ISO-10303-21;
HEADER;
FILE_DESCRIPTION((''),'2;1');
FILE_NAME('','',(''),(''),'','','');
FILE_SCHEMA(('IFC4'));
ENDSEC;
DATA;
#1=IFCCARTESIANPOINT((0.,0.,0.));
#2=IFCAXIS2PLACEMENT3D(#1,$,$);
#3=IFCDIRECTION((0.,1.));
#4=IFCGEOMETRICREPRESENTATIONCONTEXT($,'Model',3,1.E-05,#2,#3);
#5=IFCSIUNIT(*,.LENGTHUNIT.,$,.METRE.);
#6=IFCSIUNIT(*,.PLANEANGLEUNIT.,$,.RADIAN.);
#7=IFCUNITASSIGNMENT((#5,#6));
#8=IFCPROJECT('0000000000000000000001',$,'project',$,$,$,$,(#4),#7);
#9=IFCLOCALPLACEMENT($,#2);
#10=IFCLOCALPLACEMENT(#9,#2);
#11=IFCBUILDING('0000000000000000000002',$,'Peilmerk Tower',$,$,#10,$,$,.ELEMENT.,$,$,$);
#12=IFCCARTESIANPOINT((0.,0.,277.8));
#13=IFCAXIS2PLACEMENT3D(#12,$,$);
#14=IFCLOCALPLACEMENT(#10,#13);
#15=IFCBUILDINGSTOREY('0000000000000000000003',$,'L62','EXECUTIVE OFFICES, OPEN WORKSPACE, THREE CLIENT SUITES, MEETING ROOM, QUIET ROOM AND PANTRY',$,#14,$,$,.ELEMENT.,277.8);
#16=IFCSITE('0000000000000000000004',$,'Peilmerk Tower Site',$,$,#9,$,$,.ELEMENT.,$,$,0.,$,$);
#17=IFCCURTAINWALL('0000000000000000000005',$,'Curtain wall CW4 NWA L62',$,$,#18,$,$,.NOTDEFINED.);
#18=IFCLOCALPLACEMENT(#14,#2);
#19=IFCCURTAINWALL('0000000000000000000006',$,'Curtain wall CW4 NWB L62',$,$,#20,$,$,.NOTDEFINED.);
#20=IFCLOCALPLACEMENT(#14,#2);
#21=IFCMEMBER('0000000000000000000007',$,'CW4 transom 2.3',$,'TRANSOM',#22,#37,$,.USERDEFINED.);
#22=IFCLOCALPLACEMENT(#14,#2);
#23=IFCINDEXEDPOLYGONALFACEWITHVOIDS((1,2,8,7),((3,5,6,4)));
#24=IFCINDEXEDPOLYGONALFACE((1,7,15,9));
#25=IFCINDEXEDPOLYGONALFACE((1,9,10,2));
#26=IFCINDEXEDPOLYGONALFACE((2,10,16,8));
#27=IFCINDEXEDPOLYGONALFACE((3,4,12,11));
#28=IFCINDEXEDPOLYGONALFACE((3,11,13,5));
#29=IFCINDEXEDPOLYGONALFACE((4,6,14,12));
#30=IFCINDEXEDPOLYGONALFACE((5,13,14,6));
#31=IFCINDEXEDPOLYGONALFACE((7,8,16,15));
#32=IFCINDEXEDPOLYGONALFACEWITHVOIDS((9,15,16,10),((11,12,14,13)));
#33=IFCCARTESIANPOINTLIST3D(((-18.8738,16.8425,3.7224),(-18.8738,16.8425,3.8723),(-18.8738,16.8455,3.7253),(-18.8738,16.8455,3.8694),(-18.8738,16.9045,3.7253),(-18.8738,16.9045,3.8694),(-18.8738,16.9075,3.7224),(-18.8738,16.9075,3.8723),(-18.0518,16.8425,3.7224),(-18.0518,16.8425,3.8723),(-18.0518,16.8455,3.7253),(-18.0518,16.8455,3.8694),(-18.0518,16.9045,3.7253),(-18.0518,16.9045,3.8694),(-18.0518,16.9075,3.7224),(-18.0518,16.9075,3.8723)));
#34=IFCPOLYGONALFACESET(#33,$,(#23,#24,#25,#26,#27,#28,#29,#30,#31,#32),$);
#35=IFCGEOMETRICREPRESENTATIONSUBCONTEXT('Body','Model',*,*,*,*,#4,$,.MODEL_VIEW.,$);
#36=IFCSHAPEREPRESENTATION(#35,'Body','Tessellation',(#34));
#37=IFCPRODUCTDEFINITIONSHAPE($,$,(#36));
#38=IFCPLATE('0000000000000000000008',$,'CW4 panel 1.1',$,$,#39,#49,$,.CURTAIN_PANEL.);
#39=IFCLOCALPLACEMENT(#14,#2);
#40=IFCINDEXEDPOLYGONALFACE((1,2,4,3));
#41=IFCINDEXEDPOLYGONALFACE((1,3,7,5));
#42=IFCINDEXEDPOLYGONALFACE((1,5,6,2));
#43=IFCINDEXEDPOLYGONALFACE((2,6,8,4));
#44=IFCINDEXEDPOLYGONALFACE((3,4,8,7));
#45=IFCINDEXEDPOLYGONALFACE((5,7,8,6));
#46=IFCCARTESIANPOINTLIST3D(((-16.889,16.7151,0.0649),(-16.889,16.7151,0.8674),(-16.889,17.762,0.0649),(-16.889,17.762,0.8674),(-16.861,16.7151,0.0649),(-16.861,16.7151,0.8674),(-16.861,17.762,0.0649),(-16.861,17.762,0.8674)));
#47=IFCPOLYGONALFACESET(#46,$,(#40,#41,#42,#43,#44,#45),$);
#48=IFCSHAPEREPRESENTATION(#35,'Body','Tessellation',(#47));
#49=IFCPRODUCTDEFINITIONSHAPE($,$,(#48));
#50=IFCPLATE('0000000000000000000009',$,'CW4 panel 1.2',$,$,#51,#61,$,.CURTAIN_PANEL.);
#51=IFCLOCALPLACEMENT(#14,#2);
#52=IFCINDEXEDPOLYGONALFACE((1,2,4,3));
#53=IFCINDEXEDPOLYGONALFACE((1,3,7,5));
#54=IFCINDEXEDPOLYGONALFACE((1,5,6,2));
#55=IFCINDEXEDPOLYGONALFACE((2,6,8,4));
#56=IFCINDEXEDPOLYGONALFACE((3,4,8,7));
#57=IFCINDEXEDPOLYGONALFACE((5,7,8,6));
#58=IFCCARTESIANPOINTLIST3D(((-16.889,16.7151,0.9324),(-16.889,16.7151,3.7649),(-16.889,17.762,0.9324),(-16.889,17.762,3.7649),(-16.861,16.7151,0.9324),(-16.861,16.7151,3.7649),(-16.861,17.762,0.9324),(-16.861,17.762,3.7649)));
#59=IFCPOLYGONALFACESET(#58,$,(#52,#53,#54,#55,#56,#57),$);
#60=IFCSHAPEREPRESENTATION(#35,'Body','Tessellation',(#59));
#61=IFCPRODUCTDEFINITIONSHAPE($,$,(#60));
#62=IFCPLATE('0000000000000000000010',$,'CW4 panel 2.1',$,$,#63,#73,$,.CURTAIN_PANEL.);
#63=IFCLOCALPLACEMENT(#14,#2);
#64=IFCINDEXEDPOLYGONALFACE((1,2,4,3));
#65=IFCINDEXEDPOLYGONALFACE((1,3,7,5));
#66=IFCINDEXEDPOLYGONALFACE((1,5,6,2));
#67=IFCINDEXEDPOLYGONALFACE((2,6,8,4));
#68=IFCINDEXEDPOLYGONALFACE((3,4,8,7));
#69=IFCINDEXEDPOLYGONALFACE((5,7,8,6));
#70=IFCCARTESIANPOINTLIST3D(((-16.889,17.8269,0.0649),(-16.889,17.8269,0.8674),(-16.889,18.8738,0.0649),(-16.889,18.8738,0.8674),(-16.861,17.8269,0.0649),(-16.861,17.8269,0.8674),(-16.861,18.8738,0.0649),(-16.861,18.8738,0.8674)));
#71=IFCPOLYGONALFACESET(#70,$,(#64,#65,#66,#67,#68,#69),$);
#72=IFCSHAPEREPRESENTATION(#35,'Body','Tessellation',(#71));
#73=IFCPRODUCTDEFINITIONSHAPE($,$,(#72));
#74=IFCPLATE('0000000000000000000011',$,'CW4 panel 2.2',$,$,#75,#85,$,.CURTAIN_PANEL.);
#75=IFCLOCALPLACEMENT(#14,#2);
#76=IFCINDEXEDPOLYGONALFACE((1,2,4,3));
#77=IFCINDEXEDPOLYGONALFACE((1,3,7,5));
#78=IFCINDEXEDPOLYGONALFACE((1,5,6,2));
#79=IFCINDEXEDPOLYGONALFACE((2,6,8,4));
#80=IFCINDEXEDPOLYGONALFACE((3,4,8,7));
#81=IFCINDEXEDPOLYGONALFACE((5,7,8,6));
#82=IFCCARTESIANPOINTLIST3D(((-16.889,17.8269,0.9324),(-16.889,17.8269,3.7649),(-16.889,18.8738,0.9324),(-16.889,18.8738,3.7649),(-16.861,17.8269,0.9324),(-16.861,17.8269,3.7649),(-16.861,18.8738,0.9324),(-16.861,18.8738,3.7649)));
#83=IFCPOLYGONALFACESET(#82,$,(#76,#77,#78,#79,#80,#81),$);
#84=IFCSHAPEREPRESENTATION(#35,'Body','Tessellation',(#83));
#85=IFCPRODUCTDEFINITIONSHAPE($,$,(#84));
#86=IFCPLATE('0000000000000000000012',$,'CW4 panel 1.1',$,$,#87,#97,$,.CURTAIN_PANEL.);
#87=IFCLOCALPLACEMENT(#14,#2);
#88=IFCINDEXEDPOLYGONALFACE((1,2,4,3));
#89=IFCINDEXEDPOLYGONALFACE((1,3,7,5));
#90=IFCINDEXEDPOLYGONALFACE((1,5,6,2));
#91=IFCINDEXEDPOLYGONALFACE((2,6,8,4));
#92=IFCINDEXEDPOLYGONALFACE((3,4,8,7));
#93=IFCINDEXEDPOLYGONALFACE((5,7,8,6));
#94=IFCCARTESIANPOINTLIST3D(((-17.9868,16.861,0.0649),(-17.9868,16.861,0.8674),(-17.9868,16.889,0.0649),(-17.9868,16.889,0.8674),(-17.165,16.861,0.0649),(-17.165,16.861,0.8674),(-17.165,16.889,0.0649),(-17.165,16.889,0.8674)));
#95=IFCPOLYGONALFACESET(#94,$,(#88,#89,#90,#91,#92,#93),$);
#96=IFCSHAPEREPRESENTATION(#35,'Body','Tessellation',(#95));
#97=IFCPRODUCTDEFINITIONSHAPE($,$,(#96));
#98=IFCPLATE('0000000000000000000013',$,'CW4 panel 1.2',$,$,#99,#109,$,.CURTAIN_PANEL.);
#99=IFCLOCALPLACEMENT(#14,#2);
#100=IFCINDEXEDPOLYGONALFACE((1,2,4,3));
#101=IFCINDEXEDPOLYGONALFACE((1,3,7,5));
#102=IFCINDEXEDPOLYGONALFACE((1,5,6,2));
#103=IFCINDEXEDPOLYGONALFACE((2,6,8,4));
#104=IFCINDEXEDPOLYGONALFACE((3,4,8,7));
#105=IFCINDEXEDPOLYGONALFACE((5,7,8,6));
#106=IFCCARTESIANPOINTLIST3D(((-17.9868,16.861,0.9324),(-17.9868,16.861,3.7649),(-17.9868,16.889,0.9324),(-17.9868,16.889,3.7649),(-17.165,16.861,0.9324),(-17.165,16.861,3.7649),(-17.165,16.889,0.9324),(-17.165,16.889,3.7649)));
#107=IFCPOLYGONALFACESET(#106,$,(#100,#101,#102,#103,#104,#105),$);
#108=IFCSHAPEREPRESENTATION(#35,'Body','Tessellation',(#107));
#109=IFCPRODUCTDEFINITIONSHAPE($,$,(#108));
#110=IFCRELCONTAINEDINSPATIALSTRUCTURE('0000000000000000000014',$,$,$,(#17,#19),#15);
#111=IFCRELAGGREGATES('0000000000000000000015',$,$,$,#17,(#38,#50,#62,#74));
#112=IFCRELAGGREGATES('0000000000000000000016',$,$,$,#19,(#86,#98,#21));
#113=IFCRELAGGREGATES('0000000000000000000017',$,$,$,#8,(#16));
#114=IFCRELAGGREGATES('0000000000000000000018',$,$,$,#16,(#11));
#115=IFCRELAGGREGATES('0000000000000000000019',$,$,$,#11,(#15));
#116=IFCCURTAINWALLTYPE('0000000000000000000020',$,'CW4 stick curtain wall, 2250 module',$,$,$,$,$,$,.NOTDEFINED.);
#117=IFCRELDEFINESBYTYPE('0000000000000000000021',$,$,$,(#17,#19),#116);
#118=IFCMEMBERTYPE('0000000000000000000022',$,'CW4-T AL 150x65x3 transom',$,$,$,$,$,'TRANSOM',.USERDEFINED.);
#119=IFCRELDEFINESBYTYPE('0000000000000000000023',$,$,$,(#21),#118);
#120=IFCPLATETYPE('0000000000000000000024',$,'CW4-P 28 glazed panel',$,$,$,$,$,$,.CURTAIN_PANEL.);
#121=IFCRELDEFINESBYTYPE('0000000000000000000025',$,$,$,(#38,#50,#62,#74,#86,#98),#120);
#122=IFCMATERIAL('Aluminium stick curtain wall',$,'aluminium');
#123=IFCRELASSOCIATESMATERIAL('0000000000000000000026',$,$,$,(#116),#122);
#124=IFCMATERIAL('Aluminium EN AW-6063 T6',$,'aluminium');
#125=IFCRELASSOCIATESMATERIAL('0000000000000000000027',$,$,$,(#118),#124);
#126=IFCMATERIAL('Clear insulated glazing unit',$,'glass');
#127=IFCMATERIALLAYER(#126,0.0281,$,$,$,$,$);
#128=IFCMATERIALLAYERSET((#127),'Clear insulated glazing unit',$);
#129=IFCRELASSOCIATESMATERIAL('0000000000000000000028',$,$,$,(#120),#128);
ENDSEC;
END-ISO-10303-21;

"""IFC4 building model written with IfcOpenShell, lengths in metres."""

from ifc_helpers import new_model, si_unit, direction, frame, origin, origin_2d, place, context, subcontext, project, spatial, rectangle, hollow_rectangle, extrude, material, layer, layer_set, material_profile, profile_set, type_object, element, aggregate, save


model = new_model("IFC4")

# Units and contexts
model_context = context("Model", 3, precision=1e-05, world=origin(), true_north=direction((0.0, 1.0)))
body_context = subcontext(model_context, "Body", "Model", "MODEL_VIEW")
ifc_project = project(units=[si_unit("LENGTHUNIT", "METRE"), si_unit("PLANEANGLEUNIT", "RADIAN")], contexts=[model_context])

# Site, building, storey
site_placement = place(None, origin())
site = spatial("IfcSite", under=ifc_project, at=site_placement, Name="Peilmerk Tower Site", CompositionType="ELEMENT", RefElevation=0.0)
building_placement = place(site_placement, origin())
building = spatial("IfcBuilding", under=site, at=building_placement, Name="Peilmerk Tower", CompositionType="ELEMENT")
storey_placement = place(building_placement, frame((0.0, 0.0, 277.8)))
storey = spatial("IfcBuildingStorey", under=building, at=storey_placement, Name="L62", Description="EXECUTIVE OFFICES, OPEN WORKSPACE, THREE CLIENT SUITES, MEETING ROOM, QUIET ROOM AND PANTRY", CompositionType="ELEMENT", Elevation=277.8)

# Curtain walls
ifc_material_1 = material(Name="Aluminium stick curtain wall", Category="aluminium")
curtain_wall_type = type_object("IfcCurtainWallType", Name="CW4 stick curtain wall, 2250 module", PredefinedType="NOTDEFINED", material=ifc_material_1)
curtain_wall_1_placement = place(storey_placement, origin())
curtain_wall_1 = element("IfcCurtainWall", 1, at=curtain_wall_1_placement, inside=storey, type_object=curtain_wall_type, Name="Curtain wall CW4 NWA L62", PredefinedType="NOTDEFINED")
ifc_material_2 = material(Name="Aluminium EN AW-6063 T6", Category="aluminium")
curtain_wall_2_placement = place(storey_placement, origin())
curtain_wall_2 = element("IfcCurtainWall", 2, at=curtain_wall_2_placement, inside=storey, type_object=curtain_wall_type, Name="Curtain wall CW4 NWB L62", PredefinedType="NOTDEFINED")

# Member
ifc_material_profile_1 = material_profile(ifc_material_2, hollow_rectangle(XDim=0.0649, YDim=0.1499, WallThickness=0.0029, at=origin_2d()), Name="AL 150x65x3")
ifc_profile_set_1 = profile_set([ifc_material_profile_1], Name="Aluminium EN AW-6063 T6")
member_type_1 = type_object("IfcMemberType", Name="CW4-T AL 150x65x3 transom", ElementType="TRANSOM", PredefinedType="USERDEFINED", material=ifc_profile_set_1)
member_1_placement = place(storey_placement, frame((-18.0518, 16.875, 3.7974), z_axis=(-1.0, 0.0, 0.0), x_axis=(0.0, -1.0, 0.0)))
member_1 = element("IfcMember", 3, at=member_1_placement, type_object=member_type_1, Name="CW4 transom 2.3", ObjectType="TRANSOM", PredefinedType="USERDEFINED", context=body_context, shape_type="SweptSolid", body=[
    extrude(hollow_rectangle(XDim=0.0649, YDim=0.1499, WallThickness=0.0029, at=origin_2d()), origin(), (0.0, 0.0, 1.0), 0.822),
])

# Plates
ifc_material_3 = material(Name="Clear insulated glazing unit", Category="glass")
ifc_layer_1 = layer(ifc_material_3, 0.0281)
ifc_layer_set_1 = layer_set([ifc_layer_1], Name="Clear insulated glazing unit")
plate_type = type_object("IfcPlateType", Name="CW4-P 28 glazed panel", PredefinedType="CURTAIN_PANEL", material=ifc_layer_set_1)
plate_1_placement = place(storey_placement, frame((-16.875, 17.2385, 0.0649), z_axis=(0.0, 0.0, 1.0), x_axis=(0.0, 1.0, 0.0)))
plate_1 = element("IfcPlate", 4, at=plate_1_placement, type_object=plate_type, Name="CW4 panel 1.1", PredefinedType="CURTAIN_PANEL", context=body_context, shape_type="SweptSolid", body=[
    extrude(rectangle(XDim=1.0469, YDim=0.0281, at=origin_2d()), origin(), (0.0, 0.0, 1.0), 0.8025),
])
plate_2_placement = place(storey_placement, frame((-16.875, 17.2385, 0.9324), z_axis=(0.0, 0.0, 1.0), x_axis=(0.0, 1.0, 0.0)))
plate_2 = element("IfcPlate", 5, at=plate_2_placement, type_object=plate_type, Name="CW4 panel 1.2", PredefinedType="CURTAIN_PANEL", context=body_context, shape_type="SweptSolid", body=[
    extrude(rectangle(XDim=1.0469, YDim=0.0281, at=origin_2d()), origin(), (0.0, 0.0, 1.0), 2.8325),
])
plate_3_placement = place(storey_placement, frame((-16.875, 18.3503, 0.0649), z_axis=(0.0, 0.0, 1.0), x_axis=(0.0, 1.0, 0.0)))
plate_3 = element("IfcPlate", 6, at=plate_3_placement, type_object=plate_type, Name="CW4 panel 2.1", PredefinedType="CURTAIN_PANEL", context=body_context, shape_type="SweptSolid", body=[
    extrude(rectangle(XDim=1.0469, YDim=0.0281, at=origin_2d()), origin(), (0.0, 0.0, 1.0), 0.8025),
])
plate_4_placement = place(storey_placement, frame((-16.875, 18.3503, 0.9324), z_axis=(0.0, 0.0, 1.0), x_axis=(0.0, 1.0, 0.0)))
plate_4 = element("IfcPlate", 7, at=plate_4_placement, type_object=plate_type, Name="CW4 panel 2.2", PredefinedType="CURTAIN_PANEL", context=body_context, shape_type="SweptSolid", body=[
    extrude(rectangle(XDim=1.0469, YDim=0.0281, at=origin_2d()), origin(), (0.0, 0.0, 1.0), 2.8325),
])
aggregate(curtain_wall_1, [plate_1, plate_2, plate_3, plate_4])
plate_5_placement = place(storey_placement, frame((-17.5759, 16.875, 0.0649), z_axis=(0.0, 0.0, 1.0), x_axis=(-1.0, 0.0, 0.0)))
plate_5 = element("IfcPlate", 8, at=plate_5_placement, type_object=plate_type, Name="CW4 panel 1.1", PredefinedType="CURTAIN_PANEL", context=body_context, shape_type="SweptSolid", body=[
    extrude(rectangle(XDim=0.8218, YDim=0.0281, at=origin_2d()), origin(), (0.0, 0.0, 1.0), 0.8025),
])
plate_6_placement = place(storey_placement, frame((-17.5759, 16.875, 0.9324), z_axis=(0.0, 0.0, 1.0), x_axis=(-1.0, 0.0, 0.0)))
plate_6 = element("IfcPlate", 9, at=plate_6_placement, type_object=plate_type, Name="CW4 panel 1.2", PredefinedType="CURTAIN_PANEL", context=body_context, shape_type="SweptSolid", body=[
    extrude(rectangle(XDim=0.8218, YDim=0.0281, at=origin_2d()), origin(), (0.0, 0.0, 1.0), 2.8325),
])
aggregate(curtain_wall_2, [plate_5, plate_6, member_1])

save(model, "model.ifc")
